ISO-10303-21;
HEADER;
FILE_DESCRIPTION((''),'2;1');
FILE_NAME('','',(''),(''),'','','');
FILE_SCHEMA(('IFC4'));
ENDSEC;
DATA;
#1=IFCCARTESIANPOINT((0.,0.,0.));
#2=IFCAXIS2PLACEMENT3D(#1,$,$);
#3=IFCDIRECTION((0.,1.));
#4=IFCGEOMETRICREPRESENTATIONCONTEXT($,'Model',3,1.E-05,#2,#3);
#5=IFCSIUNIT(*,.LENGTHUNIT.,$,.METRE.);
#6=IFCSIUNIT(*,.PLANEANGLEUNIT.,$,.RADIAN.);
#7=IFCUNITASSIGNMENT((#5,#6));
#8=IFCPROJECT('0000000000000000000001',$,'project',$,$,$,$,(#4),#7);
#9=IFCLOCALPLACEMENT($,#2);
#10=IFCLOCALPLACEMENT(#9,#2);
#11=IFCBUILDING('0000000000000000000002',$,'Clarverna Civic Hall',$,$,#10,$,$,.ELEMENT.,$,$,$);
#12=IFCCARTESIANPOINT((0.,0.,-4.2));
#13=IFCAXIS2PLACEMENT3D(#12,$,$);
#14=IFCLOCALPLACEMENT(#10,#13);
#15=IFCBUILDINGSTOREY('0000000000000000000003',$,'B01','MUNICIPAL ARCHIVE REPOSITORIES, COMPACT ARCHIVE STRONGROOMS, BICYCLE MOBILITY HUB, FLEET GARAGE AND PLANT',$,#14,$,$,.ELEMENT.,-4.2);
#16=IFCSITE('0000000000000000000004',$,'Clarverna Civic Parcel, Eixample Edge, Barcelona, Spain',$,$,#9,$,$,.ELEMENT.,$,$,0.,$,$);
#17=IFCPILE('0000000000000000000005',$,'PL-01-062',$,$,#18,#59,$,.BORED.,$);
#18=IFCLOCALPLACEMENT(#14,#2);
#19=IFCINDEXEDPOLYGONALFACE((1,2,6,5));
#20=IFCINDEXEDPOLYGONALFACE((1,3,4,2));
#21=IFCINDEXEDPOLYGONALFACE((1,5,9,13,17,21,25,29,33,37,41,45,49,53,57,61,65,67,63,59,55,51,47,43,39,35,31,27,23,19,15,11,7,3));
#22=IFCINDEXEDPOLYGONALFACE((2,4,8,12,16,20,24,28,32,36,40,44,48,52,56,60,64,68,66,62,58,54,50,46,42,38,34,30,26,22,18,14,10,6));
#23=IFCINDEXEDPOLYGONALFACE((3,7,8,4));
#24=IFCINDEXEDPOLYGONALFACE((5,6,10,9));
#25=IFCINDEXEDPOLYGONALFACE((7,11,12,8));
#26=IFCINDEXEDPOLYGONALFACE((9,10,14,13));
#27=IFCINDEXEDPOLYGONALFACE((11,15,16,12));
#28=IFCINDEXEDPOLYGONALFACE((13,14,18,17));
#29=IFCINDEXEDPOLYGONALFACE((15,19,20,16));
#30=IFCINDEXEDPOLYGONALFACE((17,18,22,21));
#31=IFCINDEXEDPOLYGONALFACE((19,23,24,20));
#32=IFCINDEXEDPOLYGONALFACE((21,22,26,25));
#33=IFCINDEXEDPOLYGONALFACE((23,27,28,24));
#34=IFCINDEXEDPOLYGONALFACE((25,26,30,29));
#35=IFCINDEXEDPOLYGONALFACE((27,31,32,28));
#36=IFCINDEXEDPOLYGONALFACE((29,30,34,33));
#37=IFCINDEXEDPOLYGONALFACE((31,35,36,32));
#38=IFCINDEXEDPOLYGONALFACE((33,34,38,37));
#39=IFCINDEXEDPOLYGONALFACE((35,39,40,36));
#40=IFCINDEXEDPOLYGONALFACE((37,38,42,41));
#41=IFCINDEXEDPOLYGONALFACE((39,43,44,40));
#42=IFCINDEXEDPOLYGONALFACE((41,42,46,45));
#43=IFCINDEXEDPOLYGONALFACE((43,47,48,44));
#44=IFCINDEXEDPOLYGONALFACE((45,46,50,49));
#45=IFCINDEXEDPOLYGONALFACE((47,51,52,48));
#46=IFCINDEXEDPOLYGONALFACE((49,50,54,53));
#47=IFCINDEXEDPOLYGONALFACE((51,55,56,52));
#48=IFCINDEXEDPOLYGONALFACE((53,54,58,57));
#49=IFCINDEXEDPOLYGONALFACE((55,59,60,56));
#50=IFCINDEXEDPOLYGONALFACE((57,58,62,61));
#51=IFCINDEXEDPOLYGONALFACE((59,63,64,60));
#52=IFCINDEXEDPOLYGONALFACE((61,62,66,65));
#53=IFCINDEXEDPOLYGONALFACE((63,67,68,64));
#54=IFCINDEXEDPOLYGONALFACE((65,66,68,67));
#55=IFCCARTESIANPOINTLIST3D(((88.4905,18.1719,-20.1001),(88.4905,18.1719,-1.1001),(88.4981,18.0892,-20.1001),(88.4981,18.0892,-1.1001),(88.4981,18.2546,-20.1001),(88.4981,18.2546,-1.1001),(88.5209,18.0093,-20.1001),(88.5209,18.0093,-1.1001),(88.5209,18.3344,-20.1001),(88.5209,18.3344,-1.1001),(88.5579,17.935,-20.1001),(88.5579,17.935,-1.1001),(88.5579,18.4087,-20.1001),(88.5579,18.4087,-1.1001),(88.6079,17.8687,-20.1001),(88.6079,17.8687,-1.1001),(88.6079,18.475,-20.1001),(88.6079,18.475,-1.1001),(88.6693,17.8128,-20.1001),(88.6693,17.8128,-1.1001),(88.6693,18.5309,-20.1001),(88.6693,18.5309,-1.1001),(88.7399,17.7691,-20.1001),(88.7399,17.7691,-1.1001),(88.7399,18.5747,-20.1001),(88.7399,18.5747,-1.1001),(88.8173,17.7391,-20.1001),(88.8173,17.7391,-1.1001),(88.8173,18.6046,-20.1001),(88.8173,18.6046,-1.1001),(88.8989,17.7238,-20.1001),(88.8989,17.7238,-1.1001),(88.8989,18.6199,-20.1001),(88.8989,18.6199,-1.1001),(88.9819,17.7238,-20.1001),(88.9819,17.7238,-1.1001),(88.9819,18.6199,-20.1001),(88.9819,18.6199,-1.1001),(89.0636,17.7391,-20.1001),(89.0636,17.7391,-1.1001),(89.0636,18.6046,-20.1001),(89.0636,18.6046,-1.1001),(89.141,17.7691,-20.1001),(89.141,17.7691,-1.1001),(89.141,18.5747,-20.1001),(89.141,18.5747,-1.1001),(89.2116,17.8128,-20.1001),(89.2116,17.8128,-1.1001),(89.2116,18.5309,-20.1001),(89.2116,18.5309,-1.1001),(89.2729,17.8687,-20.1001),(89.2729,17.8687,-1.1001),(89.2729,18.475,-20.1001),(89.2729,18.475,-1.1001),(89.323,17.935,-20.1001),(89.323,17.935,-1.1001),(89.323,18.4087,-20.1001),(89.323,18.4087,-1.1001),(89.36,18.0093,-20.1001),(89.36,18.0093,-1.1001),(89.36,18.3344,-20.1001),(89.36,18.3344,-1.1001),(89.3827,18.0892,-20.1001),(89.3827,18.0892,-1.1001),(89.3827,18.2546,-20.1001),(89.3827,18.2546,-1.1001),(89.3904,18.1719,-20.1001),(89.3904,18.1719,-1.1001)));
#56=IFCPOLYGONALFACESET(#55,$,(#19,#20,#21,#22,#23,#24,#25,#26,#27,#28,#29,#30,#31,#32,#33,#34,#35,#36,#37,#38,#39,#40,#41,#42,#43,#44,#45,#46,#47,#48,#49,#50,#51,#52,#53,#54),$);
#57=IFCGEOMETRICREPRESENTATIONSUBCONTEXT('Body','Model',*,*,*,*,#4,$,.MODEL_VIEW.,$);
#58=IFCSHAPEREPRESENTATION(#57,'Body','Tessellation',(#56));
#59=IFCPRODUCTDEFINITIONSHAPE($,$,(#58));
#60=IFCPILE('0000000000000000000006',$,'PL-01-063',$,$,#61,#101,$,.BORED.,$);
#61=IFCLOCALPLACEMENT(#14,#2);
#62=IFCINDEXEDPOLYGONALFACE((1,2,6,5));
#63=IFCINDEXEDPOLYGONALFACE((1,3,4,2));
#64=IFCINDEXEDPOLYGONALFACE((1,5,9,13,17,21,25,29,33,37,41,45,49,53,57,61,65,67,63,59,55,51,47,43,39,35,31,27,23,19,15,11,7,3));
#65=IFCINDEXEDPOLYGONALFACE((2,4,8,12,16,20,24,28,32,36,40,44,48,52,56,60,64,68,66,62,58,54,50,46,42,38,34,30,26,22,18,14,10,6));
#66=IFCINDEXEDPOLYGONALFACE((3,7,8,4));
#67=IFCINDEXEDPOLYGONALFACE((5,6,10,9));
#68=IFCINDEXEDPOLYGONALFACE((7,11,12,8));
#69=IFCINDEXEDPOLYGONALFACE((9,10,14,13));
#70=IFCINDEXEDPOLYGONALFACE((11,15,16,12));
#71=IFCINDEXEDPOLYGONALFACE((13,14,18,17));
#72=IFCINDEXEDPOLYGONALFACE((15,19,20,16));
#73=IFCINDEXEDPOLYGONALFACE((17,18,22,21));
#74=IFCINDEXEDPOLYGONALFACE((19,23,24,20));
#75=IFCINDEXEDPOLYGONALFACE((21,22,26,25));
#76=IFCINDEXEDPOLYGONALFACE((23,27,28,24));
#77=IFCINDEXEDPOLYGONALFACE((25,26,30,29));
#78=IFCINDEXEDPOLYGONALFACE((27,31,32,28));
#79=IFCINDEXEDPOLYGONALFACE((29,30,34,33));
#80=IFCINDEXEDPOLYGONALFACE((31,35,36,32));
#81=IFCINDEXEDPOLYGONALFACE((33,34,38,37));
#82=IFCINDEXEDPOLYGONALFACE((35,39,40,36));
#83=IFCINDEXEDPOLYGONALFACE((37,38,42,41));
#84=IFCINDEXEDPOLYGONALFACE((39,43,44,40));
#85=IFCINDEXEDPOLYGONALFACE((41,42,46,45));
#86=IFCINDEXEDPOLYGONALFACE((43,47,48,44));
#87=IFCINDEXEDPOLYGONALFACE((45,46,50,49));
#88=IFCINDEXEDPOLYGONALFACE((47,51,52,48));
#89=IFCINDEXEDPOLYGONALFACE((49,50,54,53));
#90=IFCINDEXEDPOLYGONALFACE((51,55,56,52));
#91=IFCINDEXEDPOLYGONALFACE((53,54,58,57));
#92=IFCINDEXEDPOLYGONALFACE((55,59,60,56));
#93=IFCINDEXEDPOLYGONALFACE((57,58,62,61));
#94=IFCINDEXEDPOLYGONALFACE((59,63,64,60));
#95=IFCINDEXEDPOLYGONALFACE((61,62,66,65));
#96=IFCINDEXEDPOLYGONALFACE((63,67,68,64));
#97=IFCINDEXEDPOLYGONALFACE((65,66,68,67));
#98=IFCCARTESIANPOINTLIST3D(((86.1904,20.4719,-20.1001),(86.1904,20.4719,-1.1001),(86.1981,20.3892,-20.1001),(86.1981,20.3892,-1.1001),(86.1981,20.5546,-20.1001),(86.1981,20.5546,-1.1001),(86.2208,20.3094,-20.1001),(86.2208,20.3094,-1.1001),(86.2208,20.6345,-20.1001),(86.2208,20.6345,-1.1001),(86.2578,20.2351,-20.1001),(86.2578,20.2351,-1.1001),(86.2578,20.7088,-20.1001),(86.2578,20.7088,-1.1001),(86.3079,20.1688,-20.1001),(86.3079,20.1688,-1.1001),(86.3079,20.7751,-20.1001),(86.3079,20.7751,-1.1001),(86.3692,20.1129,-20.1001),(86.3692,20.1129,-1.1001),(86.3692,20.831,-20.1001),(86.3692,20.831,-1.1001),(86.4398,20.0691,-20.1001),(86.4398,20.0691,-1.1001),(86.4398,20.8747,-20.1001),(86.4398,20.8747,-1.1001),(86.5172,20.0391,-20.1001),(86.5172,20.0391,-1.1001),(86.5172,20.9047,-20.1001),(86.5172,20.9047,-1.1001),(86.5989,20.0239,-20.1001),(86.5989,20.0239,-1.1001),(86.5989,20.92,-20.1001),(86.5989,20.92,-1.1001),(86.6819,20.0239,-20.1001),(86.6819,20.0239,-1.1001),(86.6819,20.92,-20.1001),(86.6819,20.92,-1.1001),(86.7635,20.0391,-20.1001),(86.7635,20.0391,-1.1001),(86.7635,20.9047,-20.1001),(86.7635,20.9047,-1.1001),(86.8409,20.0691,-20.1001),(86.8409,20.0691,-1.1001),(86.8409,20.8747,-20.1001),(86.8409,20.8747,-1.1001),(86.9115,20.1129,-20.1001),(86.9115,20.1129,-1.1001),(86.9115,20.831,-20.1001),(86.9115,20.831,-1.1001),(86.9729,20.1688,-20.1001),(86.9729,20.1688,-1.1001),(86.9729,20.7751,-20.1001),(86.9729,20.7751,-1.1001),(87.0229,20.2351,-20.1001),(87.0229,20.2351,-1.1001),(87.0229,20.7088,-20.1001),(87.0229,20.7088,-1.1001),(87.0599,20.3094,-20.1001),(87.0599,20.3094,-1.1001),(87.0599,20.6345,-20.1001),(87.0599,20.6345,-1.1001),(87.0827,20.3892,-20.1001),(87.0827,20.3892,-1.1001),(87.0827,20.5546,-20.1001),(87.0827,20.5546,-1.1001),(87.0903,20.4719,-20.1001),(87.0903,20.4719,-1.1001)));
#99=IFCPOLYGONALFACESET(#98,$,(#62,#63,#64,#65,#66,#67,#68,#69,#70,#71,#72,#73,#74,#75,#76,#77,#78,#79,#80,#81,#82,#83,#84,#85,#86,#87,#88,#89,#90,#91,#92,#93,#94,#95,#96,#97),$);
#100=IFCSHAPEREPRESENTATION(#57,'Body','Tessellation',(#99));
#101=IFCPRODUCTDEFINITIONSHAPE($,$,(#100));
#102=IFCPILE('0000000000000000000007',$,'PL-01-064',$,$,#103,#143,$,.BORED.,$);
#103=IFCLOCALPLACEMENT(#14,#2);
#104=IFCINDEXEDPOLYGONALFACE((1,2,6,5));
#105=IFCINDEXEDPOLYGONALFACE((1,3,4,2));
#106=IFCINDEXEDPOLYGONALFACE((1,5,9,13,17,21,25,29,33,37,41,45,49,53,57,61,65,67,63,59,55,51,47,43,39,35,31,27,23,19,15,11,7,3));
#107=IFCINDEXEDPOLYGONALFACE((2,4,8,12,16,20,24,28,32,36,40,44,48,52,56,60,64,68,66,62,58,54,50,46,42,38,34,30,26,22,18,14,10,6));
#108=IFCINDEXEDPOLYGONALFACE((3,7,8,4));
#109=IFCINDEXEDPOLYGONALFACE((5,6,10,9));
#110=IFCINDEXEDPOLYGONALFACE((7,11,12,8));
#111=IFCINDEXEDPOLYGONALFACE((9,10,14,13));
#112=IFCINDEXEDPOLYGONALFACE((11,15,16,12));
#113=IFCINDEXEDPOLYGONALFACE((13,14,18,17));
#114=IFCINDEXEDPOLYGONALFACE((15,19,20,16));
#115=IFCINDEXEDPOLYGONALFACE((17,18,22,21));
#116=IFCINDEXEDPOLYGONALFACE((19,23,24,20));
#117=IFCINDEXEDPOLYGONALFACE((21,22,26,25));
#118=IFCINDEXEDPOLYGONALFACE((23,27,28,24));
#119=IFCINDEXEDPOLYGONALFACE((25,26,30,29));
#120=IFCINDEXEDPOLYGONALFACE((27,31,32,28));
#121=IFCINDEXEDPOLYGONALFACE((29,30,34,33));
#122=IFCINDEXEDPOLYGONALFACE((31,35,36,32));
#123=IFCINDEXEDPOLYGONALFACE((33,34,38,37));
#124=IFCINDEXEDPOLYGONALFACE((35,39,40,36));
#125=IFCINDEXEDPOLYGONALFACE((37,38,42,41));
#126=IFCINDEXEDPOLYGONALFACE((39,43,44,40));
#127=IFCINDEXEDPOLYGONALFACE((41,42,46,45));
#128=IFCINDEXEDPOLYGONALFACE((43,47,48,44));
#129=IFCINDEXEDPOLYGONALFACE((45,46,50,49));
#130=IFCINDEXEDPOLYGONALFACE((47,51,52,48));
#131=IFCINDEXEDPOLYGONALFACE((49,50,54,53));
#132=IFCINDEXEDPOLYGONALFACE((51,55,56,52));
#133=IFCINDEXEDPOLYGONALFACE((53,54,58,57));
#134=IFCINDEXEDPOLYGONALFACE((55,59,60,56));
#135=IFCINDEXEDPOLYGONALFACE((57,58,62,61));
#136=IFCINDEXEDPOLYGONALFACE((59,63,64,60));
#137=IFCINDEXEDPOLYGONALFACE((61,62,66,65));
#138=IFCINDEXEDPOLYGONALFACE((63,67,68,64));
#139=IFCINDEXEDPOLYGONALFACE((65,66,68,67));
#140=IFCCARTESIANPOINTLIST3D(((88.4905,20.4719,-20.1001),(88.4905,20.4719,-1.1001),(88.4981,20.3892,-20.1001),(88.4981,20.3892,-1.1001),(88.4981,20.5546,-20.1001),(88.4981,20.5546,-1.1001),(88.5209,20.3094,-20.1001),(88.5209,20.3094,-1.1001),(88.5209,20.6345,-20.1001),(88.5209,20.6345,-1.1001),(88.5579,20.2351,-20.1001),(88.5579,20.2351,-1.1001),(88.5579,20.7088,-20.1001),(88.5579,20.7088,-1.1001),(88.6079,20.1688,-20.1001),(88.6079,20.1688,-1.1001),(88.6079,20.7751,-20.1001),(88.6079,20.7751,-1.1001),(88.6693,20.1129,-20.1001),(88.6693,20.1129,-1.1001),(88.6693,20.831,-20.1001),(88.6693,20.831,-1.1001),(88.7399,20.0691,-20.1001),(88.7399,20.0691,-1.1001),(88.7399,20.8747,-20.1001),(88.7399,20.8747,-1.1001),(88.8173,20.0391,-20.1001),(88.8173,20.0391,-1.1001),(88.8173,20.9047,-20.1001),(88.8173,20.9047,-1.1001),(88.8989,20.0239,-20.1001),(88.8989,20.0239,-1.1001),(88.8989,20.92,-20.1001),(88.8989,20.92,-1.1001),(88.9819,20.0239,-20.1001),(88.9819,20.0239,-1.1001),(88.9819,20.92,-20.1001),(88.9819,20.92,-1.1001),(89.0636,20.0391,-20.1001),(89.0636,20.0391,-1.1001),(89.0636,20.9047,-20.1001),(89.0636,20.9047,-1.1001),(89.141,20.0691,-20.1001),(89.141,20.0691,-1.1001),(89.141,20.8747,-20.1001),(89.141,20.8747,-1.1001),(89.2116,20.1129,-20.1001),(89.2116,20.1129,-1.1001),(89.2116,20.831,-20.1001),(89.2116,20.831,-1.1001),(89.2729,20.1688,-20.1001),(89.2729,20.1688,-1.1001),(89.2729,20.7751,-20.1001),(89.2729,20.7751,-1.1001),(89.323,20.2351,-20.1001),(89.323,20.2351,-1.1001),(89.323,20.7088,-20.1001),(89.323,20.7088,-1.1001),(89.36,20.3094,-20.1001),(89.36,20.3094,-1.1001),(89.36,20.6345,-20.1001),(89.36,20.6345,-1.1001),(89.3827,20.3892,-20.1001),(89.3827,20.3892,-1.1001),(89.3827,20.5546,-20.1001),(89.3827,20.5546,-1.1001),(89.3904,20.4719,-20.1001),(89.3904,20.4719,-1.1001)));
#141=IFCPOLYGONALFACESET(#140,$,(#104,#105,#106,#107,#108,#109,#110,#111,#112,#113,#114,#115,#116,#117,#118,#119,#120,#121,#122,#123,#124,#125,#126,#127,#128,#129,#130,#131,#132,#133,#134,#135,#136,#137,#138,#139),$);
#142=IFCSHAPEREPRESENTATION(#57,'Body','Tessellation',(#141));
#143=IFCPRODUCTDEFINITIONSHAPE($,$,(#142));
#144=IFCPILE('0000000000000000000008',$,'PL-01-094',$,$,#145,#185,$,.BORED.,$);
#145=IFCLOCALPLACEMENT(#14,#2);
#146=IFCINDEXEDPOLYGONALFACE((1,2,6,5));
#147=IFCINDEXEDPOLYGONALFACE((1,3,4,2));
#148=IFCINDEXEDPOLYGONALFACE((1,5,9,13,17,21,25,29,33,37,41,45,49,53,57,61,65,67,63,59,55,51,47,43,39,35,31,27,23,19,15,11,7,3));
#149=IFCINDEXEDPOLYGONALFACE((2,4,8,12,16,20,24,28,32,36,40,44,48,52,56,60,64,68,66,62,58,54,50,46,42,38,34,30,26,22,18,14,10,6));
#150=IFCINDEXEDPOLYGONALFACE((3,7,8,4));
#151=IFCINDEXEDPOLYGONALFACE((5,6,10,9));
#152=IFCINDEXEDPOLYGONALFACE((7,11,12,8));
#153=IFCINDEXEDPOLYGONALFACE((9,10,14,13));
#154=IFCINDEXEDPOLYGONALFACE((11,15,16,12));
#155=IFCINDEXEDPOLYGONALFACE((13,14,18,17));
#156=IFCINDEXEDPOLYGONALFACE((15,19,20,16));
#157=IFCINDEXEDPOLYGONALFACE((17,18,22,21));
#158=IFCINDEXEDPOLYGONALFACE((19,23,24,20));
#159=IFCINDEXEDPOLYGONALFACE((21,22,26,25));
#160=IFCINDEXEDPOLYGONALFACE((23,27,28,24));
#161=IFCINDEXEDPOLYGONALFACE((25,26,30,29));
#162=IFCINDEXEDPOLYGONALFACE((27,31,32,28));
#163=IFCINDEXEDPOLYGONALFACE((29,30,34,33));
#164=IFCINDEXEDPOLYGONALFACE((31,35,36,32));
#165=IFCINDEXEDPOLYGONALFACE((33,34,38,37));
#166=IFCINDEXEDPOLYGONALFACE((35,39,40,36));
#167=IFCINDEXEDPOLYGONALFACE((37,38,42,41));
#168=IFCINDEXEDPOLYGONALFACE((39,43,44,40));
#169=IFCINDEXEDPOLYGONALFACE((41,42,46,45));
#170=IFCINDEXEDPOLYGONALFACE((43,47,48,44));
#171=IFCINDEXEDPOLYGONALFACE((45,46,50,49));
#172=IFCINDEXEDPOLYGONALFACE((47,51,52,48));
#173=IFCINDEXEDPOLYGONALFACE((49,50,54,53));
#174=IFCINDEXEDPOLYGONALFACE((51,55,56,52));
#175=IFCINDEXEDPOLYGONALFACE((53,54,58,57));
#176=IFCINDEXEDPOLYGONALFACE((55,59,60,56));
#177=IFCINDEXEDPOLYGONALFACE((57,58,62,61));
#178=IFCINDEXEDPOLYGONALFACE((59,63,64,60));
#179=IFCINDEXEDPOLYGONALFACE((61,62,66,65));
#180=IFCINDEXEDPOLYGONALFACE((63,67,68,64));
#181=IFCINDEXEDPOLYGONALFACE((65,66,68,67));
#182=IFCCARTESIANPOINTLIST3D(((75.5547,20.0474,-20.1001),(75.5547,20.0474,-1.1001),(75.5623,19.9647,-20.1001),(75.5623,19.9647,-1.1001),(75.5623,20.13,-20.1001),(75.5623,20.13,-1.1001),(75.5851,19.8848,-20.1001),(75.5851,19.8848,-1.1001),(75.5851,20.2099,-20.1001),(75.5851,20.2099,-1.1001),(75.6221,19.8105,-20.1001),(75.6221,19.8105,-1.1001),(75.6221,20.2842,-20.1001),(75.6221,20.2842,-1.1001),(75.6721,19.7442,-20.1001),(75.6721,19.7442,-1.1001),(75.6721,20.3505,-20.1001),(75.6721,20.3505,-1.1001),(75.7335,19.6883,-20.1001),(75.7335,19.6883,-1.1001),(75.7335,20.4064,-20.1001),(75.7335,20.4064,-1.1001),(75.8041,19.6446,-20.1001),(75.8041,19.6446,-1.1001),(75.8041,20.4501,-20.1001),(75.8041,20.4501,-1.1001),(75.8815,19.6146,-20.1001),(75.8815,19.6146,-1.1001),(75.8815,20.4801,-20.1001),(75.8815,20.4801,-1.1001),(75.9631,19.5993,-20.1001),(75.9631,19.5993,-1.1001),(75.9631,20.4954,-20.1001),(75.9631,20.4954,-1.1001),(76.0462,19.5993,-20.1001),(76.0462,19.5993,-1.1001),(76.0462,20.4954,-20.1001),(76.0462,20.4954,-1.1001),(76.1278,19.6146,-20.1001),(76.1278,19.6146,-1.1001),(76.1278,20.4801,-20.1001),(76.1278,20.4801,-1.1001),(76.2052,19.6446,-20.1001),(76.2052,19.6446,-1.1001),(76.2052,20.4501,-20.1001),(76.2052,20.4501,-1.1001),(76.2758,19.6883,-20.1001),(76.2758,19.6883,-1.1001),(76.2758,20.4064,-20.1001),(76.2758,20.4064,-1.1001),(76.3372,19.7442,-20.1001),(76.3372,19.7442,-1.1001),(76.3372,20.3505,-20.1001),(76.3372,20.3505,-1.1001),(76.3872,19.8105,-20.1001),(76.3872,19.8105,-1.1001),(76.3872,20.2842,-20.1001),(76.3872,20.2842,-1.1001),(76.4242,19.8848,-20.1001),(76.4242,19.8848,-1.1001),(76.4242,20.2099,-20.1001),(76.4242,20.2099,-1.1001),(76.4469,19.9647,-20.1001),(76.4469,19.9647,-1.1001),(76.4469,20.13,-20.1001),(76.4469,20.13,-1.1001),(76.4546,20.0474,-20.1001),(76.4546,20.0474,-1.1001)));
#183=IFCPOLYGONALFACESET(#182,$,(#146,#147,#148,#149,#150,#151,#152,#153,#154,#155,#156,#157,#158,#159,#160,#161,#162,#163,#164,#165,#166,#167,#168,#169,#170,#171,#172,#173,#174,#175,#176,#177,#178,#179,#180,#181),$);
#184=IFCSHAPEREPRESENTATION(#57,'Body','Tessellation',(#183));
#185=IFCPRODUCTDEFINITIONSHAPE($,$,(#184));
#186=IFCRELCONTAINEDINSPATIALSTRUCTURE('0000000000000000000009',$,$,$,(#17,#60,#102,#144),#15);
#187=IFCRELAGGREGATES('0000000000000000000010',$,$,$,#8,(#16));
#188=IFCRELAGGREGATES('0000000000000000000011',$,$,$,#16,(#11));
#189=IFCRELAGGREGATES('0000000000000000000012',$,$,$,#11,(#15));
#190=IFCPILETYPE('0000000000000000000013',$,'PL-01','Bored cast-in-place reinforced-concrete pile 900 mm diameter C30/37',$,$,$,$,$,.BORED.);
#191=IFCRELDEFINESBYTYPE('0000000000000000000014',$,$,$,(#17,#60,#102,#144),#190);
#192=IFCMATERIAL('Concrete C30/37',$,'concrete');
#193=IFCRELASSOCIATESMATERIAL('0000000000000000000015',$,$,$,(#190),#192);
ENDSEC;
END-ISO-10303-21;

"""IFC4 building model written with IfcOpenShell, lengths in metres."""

from ifc_helpers import new_model, si_unit, direction, frame, origin, origin_2d, place, context, subcontext, project, spatial, circle, extrude, material, material_profile, profile_set, type_object, element, save


model = new_model("IFC4")

# Units and contexts
model_context = context("Model", 3, precision=1e-05, world=origin(), true_north=direction((0.0, 1.0)))
body_context = subcontext(model_context, "Body", "Model", "MODEL_VIEW")
ifc_project = project(units=[si_unit("LENGTHUNIT", "METRE"), si_unit("PLANEANGLEUNIT", "RADIAN")], contexts=[model_context])

# Site, building, storey
site_placement = place(None, origin())
site = spatial("IfcSite", under=ifc_project, at=site_placement, Name="Clarverna Civic Parcel, Eixample Edge, Barcelona, Spain", CompositionType="ELEMENT", RefElevation=0.0)
building_placement = place(site_placement, origin())
building = spatial("IfcBuilding", under=site, at=building_placement, Name="Clarverna Civic Hall", CompositionType="ELEMENT")
storey_placement = place(building_placement, frame((0.0, 0.0, -4.2)))
storey = spatial("IfcBuildingStorey", under=building, at=storey_placement, Name="B01", Description="MUNICIPAL ARCHIVE REPOSITORIES, COMPACT ARCHIVE STRONGROOMS, BICYCLE MOBILITY HUB, FLEET GARAGE AND PLANT", CompositionType="ELEMENT", Elevation=-4.2)

# Shared definitions
ifc_material_1 = material(Name="Concrete C30/37", Category="concrete")

# Piles
ifc_material_profile_1 = material_profile(ifc_material_1, circle(Radius=0.45, at=origin_2d()), Name="BORED PILE D900")
ifc_profile_set_1 = profile_set([ifc_material_profile_1], Name="Concrete C30/37")
pile_type = type_object("IfcPileType", Name="PL-01", Description="Bored cast-in-place reinforced-concrete pile 900 mm diameter C30/37", PredefinedType="BORED", material=ifc_profile_set_1)
for number, where, z_axis, x_axis, name in (
    (1, (88.9404, 18.1719, -1.1001), (0.0, 0.0, -1.0), (1.0, 0.0, 0.0), "PL-01-062"),
    (2, (86.6404, 20.4719, -1.1001), (0.0, 0.0, -1.0), (1.0, 0.0, 0.0), "PL-01-063"),
    (3, (88.9404, 20.4719, -1.1001), (0.0, 0.0, -1.0), (1.0, 0.0, 0.0), "PL-01-064"),
    (4, (76.0046, 20.0474, -1.1001), (0.0, 0.0, -1.0), (1.0, 0.0, 0.0), "PL-01-094"),
):
    element("IfcPile", number, at=place(storey_placement, frame(where, z_axis=z_axis, x_axis=x_axis)), inside=storey, type_object=pile_type, Name=name, PredefinedType="BORED", context=body_context, shape_type="SweptSolid", body=[
        extrude(circle(Radius=0.45, at=origin_2d()), origin(), (0.0, 0.0, 1.0), 19.0),
    ])

save(model, "model.ifc")
